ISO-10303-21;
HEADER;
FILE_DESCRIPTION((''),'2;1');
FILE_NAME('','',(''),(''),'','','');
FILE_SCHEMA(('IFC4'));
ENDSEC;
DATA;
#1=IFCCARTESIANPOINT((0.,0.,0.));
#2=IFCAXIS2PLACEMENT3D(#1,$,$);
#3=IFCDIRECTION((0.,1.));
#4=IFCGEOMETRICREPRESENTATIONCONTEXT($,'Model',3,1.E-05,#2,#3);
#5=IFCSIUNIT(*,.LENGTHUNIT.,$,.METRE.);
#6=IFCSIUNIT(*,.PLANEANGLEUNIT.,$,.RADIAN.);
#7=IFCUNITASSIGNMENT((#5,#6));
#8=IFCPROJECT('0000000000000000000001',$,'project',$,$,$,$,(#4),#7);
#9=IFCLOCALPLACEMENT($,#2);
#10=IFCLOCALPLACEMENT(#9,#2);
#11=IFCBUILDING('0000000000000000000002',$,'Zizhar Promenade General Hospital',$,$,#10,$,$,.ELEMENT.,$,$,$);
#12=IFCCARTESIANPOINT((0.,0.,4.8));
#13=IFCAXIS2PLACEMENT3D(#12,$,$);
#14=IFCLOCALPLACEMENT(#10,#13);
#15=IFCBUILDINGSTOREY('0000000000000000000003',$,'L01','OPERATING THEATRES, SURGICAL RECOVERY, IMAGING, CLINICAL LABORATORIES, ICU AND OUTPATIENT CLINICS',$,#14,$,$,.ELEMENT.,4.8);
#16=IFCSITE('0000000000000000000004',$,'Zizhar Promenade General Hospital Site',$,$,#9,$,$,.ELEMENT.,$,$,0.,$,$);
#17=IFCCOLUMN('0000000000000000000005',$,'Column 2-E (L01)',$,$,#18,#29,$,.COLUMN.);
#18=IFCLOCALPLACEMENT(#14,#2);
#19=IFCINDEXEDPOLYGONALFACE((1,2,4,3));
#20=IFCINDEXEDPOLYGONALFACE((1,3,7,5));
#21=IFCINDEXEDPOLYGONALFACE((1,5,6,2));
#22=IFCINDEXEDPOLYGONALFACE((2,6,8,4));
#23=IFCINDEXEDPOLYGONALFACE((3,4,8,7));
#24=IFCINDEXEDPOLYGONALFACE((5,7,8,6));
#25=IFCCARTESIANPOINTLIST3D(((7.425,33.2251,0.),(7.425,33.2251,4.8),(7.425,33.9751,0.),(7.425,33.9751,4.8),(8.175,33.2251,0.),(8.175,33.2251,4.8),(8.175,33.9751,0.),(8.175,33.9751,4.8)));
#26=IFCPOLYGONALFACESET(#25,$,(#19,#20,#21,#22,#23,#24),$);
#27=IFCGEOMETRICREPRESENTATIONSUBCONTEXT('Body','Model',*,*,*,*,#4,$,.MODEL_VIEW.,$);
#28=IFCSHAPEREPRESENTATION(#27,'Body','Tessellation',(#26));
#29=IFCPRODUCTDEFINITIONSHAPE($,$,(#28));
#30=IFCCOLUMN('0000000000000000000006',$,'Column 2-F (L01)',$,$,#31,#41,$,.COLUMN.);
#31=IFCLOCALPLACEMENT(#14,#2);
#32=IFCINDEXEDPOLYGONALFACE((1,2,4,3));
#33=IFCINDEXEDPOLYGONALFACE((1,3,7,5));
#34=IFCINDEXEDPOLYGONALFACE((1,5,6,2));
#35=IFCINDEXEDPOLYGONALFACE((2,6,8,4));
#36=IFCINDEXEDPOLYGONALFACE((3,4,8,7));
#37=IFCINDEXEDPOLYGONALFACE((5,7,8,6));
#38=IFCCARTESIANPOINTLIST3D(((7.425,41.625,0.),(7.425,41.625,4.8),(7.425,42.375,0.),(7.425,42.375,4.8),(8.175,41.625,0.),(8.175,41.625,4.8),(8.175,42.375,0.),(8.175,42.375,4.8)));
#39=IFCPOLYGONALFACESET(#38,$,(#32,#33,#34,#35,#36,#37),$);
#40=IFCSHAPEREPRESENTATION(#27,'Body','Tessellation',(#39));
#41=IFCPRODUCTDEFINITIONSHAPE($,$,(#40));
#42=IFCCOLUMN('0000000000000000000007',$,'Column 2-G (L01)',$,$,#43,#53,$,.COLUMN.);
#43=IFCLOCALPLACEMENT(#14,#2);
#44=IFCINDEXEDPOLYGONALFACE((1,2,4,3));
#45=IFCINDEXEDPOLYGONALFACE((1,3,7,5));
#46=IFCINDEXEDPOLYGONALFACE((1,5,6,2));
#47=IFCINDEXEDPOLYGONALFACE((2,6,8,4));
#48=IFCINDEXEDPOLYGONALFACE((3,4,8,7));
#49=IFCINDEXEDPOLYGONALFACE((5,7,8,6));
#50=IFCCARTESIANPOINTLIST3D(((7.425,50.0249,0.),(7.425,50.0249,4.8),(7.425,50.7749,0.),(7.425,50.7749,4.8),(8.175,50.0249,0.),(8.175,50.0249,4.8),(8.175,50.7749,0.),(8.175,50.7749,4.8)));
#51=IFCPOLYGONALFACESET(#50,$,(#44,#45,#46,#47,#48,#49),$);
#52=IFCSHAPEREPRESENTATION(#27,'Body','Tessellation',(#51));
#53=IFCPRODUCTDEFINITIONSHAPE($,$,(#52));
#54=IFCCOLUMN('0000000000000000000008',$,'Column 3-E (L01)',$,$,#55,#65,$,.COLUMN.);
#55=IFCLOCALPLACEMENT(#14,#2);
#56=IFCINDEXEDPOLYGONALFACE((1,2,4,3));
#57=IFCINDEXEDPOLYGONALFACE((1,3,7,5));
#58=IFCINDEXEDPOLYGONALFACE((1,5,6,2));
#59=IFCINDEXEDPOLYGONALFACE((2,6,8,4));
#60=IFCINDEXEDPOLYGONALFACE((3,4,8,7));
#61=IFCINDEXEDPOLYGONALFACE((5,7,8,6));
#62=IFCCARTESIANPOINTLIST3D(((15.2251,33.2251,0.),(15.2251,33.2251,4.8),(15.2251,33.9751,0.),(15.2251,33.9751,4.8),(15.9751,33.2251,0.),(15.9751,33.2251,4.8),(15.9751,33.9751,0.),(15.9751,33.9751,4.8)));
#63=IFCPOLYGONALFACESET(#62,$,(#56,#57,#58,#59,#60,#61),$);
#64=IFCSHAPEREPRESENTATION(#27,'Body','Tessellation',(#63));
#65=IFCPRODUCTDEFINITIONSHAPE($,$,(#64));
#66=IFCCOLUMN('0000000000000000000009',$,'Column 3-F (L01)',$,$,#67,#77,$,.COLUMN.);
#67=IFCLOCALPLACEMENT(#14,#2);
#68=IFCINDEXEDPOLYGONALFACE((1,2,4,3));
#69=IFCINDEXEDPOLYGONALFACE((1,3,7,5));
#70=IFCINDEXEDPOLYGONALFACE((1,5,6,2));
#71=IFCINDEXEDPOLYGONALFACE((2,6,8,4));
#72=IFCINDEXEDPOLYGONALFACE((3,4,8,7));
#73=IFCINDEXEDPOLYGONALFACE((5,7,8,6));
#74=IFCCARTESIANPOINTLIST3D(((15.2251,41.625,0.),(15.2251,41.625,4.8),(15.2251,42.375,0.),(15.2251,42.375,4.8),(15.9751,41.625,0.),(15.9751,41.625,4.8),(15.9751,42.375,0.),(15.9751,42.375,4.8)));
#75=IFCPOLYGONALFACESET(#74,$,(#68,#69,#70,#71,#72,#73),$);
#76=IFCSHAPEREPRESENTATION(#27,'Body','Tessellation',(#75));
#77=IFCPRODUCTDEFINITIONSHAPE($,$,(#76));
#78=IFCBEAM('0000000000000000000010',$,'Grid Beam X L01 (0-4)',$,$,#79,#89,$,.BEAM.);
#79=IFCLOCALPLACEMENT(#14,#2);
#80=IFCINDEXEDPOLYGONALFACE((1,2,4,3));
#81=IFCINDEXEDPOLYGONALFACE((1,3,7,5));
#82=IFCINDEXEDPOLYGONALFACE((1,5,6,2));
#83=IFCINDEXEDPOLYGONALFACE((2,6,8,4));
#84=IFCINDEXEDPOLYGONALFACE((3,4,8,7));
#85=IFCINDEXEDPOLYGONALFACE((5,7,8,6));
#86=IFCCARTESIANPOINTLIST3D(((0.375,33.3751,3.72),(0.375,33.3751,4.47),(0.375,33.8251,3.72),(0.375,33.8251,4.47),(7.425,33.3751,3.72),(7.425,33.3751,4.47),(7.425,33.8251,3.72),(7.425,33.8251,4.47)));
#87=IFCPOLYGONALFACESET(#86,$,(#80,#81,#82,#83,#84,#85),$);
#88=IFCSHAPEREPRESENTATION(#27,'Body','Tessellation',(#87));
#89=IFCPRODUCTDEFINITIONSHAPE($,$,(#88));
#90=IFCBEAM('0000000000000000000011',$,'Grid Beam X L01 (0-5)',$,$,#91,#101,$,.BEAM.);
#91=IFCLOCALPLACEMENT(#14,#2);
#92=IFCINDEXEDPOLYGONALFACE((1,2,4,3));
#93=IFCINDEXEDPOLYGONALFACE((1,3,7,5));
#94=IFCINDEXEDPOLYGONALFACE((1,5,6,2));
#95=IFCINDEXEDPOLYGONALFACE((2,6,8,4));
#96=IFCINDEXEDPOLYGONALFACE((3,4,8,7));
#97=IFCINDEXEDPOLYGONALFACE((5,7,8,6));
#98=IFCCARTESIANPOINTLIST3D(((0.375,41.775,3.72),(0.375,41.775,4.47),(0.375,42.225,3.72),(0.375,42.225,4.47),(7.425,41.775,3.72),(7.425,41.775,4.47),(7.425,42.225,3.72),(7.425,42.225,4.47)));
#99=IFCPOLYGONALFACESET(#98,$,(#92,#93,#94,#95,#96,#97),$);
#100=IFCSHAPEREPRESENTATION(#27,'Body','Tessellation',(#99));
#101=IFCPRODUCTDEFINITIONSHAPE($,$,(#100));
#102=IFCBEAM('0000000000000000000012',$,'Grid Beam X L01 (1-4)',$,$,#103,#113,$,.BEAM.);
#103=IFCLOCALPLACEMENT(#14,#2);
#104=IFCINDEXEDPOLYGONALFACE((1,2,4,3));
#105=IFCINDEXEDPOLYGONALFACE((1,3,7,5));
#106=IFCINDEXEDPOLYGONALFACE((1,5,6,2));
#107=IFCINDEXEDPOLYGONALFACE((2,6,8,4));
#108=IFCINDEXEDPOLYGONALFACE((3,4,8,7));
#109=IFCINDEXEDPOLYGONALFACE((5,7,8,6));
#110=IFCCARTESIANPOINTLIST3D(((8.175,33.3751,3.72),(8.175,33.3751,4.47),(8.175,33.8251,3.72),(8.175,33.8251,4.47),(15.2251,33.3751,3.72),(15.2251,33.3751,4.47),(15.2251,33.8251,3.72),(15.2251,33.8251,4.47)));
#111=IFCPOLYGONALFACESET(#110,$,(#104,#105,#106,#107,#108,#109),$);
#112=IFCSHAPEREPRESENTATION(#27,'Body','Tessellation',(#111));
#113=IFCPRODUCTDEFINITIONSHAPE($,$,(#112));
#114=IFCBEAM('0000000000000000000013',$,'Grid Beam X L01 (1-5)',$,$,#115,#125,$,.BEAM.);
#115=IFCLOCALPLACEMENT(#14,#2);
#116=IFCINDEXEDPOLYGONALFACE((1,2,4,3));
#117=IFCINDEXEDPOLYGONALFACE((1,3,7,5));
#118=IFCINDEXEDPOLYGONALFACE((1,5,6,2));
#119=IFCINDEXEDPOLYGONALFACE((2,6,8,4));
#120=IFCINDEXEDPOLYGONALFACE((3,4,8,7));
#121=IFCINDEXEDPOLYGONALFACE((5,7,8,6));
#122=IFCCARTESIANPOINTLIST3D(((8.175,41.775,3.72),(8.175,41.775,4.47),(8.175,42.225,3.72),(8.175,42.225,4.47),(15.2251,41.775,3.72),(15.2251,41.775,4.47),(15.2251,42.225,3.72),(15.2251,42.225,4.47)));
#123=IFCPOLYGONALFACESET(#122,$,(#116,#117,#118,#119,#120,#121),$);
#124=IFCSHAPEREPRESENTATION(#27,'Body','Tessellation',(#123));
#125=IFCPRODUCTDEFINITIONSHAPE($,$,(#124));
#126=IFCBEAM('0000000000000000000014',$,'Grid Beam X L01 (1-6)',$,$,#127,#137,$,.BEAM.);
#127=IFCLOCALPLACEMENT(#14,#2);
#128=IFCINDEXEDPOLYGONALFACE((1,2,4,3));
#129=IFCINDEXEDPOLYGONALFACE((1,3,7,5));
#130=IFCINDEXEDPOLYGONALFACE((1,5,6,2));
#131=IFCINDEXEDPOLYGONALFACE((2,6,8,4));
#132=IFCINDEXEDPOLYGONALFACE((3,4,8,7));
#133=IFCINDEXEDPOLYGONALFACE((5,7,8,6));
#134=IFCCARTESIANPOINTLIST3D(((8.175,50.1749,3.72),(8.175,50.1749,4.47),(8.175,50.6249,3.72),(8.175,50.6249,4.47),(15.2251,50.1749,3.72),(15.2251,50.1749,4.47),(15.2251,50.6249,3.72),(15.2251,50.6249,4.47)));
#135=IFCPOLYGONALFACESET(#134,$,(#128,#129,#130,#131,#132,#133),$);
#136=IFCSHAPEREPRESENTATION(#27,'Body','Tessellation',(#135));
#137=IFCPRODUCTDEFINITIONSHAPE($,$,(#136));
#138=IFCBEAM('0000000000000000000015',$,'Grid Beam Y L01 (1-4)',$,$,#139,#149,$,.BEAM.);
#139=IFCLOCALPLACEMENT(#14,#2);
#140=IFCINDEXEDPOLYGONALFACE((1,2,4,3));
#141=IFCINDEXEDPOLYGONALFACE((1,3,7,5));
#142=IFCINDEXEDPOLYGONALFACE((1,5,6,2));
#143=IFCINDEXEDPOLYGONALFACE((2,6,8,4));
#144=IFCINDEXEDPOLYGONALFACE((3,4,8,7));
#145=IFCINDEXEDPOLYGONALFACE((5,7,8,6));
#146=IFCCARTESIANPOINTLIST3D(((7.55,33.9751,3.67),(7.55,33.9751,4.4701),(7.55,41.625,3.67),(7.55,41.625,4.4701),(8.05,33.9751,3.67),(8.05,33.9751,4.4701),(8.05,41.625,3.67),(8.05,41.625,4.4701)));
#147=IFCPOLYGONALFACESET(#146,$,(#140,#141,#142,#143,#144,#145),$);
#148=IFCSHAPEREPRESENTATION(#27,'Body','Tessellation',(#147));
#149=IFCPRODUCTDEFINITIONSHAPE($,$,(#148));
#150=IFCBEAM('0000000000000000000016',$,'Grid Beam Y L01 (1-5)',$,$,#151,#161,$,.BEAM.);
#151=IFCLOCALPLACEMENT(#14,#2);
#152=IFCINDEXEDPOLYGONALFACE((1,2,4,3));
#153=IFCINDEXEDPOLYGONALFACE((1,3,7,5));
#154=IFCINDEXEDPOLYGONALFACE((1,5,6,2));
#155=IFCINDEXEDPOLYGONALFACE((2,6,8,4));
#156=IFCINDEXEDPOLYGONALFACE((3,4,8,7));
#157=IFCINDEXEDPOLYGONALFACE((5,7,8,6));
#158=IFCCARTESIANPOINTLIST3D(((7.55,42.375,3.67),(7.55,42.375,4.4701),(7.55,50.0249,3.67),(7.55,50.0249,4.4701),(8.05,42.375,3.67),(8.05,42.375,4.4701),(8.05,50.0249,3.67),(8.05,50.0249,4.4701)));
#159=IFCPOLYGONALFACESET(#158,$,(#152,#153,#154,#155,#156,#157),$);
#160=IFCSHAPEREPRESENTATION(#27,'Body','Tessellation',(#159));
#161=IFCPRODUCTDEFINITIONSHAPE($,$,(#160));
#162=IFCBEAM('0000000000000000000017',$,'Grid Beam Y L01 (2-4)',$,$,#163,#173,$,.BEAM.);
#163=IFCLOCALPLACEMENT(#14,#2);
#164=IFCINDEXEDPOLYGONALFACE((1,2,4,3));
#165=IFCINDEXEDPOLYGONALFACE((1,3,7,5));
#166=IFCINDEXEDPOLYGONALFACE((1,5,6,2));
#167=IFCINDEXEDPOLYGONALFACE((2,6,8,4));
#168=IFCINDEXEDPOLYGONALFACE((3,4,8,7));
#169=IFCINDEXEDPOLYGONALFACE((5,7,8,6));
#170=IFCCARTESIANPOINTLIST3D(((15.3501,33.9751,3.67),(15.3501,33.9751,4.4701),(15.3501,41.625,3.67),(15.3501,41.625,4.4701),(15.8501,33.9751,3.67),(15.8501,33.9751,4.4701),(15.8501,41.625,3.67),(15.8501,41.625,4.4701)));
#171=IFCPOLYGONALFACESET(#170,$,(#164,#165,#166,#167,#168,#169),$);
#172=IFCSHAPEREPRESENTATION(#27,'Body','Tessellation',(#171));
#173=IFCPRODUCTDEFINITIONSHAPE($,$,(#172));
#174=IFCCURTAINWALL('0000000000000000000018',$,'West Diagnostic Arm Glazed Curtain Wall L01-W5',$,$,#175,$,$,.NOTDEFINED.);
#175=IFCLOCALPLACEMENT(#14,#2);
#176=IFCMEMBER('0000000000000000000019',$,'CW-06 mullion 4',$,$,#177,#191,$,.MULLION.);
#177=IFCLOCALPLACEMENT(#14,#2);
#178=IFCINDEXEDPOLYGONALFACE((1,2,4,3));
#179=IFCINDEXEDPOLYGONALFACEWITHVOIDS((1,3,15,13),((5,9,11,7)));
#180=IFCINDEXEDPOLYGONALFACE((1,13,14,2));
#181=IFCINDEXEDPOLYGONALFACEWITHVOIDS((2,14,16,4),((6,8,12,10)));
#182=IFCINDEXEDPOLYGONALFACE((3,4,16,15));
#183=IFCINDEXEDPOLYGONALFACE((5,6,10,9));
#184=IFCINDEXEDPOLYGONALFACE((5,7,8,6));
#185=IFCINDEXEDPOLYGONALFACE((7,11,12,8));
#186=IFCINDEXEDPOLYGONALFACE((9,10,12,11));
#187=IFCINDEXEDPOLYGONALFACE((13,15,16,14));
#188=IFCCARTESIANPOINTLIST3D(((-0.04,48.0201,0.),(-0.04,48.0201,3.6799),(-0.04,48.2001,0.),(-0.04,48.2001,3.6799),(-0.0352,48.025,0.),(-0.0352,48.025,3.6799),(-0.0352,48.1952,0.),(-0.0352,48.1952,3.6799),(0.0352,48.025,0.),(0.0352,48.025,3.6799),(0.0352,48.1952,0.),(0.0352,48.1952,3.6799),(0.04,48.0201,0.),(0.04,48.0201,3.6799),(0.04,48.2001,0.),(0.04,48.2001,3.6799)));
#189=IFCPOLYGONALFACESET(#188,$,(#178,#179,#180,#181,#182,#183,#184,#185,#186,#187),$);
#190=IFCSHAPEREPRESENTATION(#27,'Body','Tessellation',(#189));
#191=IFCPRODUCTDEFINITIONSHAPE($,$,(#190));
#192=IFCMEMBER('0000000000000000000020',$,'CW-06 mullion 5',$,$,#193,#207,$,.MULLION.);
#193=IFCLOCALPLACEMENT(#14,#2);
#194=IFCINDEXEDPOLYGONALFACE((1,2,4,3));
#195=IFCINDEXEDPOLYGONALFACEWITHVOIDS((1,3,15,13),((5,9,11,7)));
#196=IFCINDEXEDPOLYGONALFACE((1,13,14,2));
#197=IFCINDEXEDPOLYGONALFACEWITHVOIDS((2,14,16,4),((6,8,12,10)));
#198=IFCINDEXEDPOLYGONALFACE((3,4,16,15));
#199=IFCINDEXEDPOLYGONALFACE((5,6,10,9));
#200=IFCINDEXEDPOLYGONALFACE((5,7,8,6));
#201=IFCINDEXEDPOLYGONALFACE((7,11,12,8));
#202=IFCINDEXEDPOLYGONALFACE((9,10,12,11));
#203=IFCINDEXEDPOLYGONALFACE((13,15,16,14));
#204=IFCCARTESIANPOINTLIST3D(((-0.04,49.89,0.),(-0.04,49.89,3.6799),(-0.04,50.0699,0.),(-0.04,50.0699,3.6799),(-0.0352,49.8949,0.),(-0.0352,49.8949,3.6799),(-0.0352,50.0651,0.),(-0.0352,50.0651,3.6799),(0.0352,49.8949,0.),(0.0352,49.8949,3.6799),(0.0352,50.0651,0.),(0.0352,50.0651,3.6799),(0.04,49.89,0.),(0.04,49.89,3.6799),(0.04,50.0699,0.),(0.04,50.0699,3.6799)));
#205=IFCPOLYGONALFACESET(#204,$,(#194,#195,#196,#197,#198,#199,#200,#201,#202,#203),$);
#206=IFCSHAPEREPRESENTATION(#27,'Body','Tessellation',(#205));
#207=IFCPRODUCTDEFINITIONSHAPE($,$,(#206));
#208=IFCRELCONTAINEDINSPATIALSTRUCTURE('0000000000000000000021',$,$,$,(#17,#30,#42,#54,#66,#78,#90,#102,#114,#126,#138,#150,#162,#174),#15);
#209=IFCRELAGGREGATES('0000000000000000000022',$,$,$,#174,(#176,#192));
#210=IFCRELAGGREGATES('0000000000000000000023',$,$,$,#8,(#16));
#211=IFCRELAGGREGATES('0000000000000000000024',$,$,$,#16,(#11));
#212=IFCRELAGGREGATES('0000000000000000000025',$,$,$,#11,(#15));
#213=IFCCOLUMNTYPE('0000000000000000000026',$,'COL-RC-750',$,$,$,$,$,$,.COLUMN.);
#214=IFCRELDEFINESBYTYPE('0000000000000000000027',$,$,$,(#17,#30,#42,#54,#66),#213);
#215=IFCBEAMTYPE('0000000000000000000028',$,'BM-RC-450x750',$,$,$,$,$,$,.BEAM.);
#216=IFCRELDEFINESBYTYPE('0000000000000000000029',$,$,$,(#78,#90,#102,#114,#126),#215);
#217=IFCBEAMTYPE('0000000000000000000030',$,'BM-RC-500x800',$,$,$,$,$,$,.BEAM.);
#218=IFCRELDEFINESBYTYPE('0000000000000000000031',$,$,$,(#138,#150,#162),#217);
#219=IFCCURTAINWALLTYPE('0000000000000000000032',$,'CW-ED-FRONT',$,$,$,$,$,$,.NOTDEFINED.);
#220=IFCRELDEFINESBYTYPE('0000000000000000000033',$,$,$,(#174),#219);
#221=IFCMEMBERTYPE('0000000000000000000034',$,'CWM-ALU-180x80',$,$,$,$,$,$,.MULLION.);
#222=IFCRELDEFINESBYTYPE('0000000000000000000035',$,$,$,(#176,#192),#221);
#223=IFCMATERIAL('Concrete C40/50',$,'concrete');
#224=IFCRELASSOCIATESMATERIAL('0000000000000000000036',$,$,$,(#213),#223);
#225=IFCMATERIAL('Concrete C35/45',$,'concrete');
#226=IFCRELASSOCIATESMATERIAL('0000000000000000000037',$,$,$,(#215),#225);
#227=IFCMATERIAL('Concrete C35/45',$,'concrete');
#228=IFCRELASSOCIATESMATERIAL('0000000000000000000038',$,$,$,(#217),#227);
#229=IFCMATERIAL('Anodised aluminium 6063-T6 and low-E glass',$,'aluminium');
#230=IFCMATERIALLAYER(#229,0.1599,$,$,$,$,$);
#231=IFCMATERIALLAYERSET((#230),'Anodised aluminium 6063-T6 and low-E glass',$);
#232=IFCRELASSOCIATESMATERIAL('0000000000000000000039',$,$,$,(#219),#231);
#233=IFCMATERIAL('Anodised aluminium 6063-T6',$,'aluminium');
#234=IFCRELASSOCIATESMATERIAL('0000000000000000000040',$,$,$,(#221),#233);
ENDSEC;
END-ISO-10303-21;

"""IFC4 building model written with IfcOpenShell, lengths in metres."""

from ifc_helpers import new_model, si_unit, direction, frame, origin, origin_2d, place, context, subcontext, project, spatial, rectangle, hollow_rectangle, extrude, material, layer, layer_set, material_profile, profile_set, type_object, element, aggregate, save


model = new_model("IFC4")

# Units and contexts
model_context = context("Model", 3, precision=1e-05, world=origin(), true_north=direction((0.0, 1.0)))
body_context = subcontext(model_context, "Body", "Model", "MODEL_VIEW")
ifc_project = project(units=[si_unit("LENGTHUNIT", "METRE"), si_unit("PLANEANGLEUNIT", "RADIAN")], contexts=[model_context])

# Site, building, storey
site_placement = place(None, origin())
site = spatial("IfcSite", under=ifc_project, at=site_placement, Name="Zizhar Promenade General Hospital Site", CompositionType="ELEMENT", RefElevation=0.0)
building_placement = place(site_placement, origin())
building = spatial("IfcBuilding", under=site, at=building_placement, Name="Zizhar Promenade General Hospital", CompositionType="ELEMENT")
storey_placement = place(building_placement, frame((0.0, 0.0, 4.8)))
storey = spatial("IfcBuildingStorey", under=building, at=storey_placement, Name="L01", Description="OPERATING THEATRES, SURGICAL RECOVERY, IMAGING, CLINICAL LABORATORIES, ICU AND OUTPATIENT CLINICS", CompositionType="ELEMENT", Elevation=4.8)

# Columns
ifc_material_1 = material(Name="Concrete C40/50", Category="concrete")
ifc_material_profile_1 = material_profile(ifc_material_1, rectangle(XDim=0.75, YDim=0.75, at=origin_2d()))
ifc_profile_set_1 = profile_set([ifc_material_profile_1], Name="Concrete C40/50")
column_type = type_object("IfcColumnType", Name="COL-RC-750", PredefinedType="COLUMN", material=ifc_profile_set_1)
for number, where, z_axis, x_axis, name in (
    (1, (7.8, 33.6001, 0.0), (0.0, 0.0, 1.0), (1.0, 0.0, 0.0), "Column 2-E (L01)"),
    (2, (7.8, 42.0, 0.0), (0.0, 0.0, 1.0), (1.0, 0.0, 0.0), "Column 2-F (L01)"),
    (3, (7.8, 50.3999, 0.0), (0.0, 0.0, 1.0), (1.0, 0.0, 0.0), "Column 2-G (L01)"),
    (4, (15.6001, 33.6001, 0.0), (0.0, 0.0, 1.0), (1.0, 0.0, 0.0), "Column 3-E (L01)"),
    (5, (15.6001, 42.0, 0.0), (0.0, 0.0, 1.0), (1.0, 0.0, 0.0), "Column 3-F (L01)"),
):
    element("IfcColumn", number, at=place(storey_placement, frame(where, z_axis=z_axis, x_axis=x_axis)), inside=storey, type_object=column_type, Name=name, PredefinedType="COLUMN", context=body_context, shape_type="SweptSolid", body=[
        extrude(rectangle(XDim=0.75, YDim=0.75, at=origin_2d()), origin(), (0.0, 0.0, 1.0), 4.8),
    ])

# Beams
ifc_material_2 = material(Name="Concrete C35/45", Category="concrete")
ifc_material_profile_2 = material_profile(ifc_material_2, rectangle(XDim=0.45, YDim=0.75, at=origin_2d()))
ifc_profile_set_2 = profile_set([ifc_material_profile_2], Name="Concrete C35/45")
beam_type_1 = type_object("IfcBeamType", Name="BM-RC-450x750", PredefinedType="BEAM", material=ifc_profile_set_2)
for number, where, z_axis, x_axis, name in (
    (6, (0.375, 33.6001, 4.095), (1.0, 0.0, 0.0), (0.0, 1.0, 0.0), "Grid Beam X L01 (0-4)"),
    (7, (0.375, 42.0, 4.095), (1.0, 0.0, 0.0), (0.0, 1.0, 0.0), "Grid Beam X L01 (0-5)"),
    (8, (8.175, 33.6001, 4.095), (1.0, 0.0, 0.0), (0.0, 1.0, 0.0), "Grid Beam X L01 (1-4)"),
    (9, (8.175, 42.0, 4.095), (1.0, 0.0, 0.0), (0.0, 1.0, 0.0), "Grid Beam X L01 (1-5)"),
    (10, (8.175, 50.3999, 4.095), (1.0, 0.0, 0.0), (0.0, 1.0, 0.0), "Grid Beam X L01 (1-6)"),
):
    element("IfcBeam", number, at=place(storey_placement, frame(where, z_axis=z_axis, x_axis=x_axis)), inside=storey, type_object=beam_type_1, Name=name, PredefinedType="BEAM", context=body_context, shape_type="SweptSolid", body=[
        extrude(rectangle(XDim=0.45, YDim=0.75, at=origin_2d()), origin(), (0.0, 0.0, 1.0), 7.05),
    ])
ifc_material_3 = material(Name="Concrete C35/45", Category="concrete")
ifc_material_profile_3 = material_profile(ifc_material_3, rectangle(XDim=0.5, YDim=0.8, at=origin_2d()))
ifc_profile_set_3 = profile_set([ifc_material_profile_3], Name="Concrete C35/45")
beam_type_2 = type_object("IfcBeamType", Name="BM-RC-500x800", PredefinedType="BEAM", material=ifc_profile_set_3)
for number, where, z_axis, x_axis, name in (
    (11, (7.8, 33.9751, 4.0701), (0.0, 1.0, 0.0), (-1.0, 0.0, 0.0), "Grid Beam Y L01 (1-4)"),
    (12, (7.8, 42.375, 4.0701), (0.0, 1.0, 0.0), (-1.0, 0.0, 0.0), "Grid Beam Y L01 (1-5)"),
    (13, (15.6001, 33.9751, 4.0701), (0.0, 1.0, 0.0), (-1.0, 0.0, 0.0), "Grid Beam Y L01 (2-4)"),
):
    element("IfcBeam", number, at=place(storey_placement, frame(where, z_axis=z_axis, x_axis=x_axis)), inside=storey, type_object=beam_type_2, Name=name, PredefinedType="BEAM", context=body_context, shape_type="SweptSolid", body=[
        extrude(rectangle(XDim=0.5, YDim=0.8, at=origin_2d()), origin(), (0.0, 0.0, 1.0), 7.6499),
    ])

# Curtain wall, members
ifc_material_4 = material(Name="Anodised aluminium 6063-T6 and low-E glass", Category="aluminium")
ifc_layer_1 = layer(ifc_material_4, 0.1599)
ifc_layer_set_1 = layer_set([ifc_layer_1], Name="Anodised aluminium 6063-T6 and low-E glass")
curtain_wall_type = type_object("IfcCurtainWallType", Name="CW-ED-FRONT", PredefinedType="NOTDEFINED", material=ifc_layer_set_1)
curtain_wall_placement = place(storey_placement, origin())
curtain_wall = element("IfcCurtainWall", 14, at=curtain_wall_placement, inside=storey, type_object=curtain_wall_type, Name="West Diagnostic Arm Glazed Curtain Wall L01-W5", PredefinedType="NOTDEFINED")
ifc_material_5 = material(Name="Anodised aluminium 6063-T6", Category="aluminium")
ifc_material_profile_4 = material_profile(ifc_material_5, hollow_rectangle(XDim=0.0801, YDim=0.1799, WallThickness=0.0049, at=origin_2d()))
ifc_profile_set_4 = profile_set([ifc_material_profile_4], Name="Anodised aluminium 6063-T6")
member_type_1 = type_object("IfcMemberType", Name="CWM-ALU-180x80", PredefinedType="MULLION", material=ifc_profile_set_4)
member_1_placement = place(storey_placement, frame((0.0, 48.1101, 0.0), z_axis=(0.0, 0.0, 1.0), x_axis=(-1.0, 0.0, 0.0)))
member_1 = element("IfcMember", 15, at=member_1_placement, type_object=member_type_1, Name="CW-06 mullion 4", PredefinedType="MULLION", context=body_context, shape_type="SweptSolid", body=[
    extrude(hollow_rectangle(XDim=0.0801, YDim=0.1799, WallThickness=0.0049, at=origin_2d()), origin(), (0.0, 0.0, 1.0), 3.6799),
])
member_2_placement = place(storey_placement, frame((0.0, 49.98, 0.0), z_axis=(0.0, 0.0, 1.0), x_axis=(-1.0, 0.0, 0.0)))
member_2 = element("IfcMember", 16, at=member_2_placement, type_object=member_type_1, Name="CW-06 mullion 5", PredefinedType="MULLION", context=body_context, shape_type="SweptSolid", body=[
    extrude(hollow_rectangle(XDim=0.0801, YDim=0.1799, WallThickness=0.0049, at=origin_2d()), origin(), (0.0, 0.0, 1.0), 3.6799),
])
aggregate(curtain_wall, [member_1, member_2])

save(model, "model.ifc")
